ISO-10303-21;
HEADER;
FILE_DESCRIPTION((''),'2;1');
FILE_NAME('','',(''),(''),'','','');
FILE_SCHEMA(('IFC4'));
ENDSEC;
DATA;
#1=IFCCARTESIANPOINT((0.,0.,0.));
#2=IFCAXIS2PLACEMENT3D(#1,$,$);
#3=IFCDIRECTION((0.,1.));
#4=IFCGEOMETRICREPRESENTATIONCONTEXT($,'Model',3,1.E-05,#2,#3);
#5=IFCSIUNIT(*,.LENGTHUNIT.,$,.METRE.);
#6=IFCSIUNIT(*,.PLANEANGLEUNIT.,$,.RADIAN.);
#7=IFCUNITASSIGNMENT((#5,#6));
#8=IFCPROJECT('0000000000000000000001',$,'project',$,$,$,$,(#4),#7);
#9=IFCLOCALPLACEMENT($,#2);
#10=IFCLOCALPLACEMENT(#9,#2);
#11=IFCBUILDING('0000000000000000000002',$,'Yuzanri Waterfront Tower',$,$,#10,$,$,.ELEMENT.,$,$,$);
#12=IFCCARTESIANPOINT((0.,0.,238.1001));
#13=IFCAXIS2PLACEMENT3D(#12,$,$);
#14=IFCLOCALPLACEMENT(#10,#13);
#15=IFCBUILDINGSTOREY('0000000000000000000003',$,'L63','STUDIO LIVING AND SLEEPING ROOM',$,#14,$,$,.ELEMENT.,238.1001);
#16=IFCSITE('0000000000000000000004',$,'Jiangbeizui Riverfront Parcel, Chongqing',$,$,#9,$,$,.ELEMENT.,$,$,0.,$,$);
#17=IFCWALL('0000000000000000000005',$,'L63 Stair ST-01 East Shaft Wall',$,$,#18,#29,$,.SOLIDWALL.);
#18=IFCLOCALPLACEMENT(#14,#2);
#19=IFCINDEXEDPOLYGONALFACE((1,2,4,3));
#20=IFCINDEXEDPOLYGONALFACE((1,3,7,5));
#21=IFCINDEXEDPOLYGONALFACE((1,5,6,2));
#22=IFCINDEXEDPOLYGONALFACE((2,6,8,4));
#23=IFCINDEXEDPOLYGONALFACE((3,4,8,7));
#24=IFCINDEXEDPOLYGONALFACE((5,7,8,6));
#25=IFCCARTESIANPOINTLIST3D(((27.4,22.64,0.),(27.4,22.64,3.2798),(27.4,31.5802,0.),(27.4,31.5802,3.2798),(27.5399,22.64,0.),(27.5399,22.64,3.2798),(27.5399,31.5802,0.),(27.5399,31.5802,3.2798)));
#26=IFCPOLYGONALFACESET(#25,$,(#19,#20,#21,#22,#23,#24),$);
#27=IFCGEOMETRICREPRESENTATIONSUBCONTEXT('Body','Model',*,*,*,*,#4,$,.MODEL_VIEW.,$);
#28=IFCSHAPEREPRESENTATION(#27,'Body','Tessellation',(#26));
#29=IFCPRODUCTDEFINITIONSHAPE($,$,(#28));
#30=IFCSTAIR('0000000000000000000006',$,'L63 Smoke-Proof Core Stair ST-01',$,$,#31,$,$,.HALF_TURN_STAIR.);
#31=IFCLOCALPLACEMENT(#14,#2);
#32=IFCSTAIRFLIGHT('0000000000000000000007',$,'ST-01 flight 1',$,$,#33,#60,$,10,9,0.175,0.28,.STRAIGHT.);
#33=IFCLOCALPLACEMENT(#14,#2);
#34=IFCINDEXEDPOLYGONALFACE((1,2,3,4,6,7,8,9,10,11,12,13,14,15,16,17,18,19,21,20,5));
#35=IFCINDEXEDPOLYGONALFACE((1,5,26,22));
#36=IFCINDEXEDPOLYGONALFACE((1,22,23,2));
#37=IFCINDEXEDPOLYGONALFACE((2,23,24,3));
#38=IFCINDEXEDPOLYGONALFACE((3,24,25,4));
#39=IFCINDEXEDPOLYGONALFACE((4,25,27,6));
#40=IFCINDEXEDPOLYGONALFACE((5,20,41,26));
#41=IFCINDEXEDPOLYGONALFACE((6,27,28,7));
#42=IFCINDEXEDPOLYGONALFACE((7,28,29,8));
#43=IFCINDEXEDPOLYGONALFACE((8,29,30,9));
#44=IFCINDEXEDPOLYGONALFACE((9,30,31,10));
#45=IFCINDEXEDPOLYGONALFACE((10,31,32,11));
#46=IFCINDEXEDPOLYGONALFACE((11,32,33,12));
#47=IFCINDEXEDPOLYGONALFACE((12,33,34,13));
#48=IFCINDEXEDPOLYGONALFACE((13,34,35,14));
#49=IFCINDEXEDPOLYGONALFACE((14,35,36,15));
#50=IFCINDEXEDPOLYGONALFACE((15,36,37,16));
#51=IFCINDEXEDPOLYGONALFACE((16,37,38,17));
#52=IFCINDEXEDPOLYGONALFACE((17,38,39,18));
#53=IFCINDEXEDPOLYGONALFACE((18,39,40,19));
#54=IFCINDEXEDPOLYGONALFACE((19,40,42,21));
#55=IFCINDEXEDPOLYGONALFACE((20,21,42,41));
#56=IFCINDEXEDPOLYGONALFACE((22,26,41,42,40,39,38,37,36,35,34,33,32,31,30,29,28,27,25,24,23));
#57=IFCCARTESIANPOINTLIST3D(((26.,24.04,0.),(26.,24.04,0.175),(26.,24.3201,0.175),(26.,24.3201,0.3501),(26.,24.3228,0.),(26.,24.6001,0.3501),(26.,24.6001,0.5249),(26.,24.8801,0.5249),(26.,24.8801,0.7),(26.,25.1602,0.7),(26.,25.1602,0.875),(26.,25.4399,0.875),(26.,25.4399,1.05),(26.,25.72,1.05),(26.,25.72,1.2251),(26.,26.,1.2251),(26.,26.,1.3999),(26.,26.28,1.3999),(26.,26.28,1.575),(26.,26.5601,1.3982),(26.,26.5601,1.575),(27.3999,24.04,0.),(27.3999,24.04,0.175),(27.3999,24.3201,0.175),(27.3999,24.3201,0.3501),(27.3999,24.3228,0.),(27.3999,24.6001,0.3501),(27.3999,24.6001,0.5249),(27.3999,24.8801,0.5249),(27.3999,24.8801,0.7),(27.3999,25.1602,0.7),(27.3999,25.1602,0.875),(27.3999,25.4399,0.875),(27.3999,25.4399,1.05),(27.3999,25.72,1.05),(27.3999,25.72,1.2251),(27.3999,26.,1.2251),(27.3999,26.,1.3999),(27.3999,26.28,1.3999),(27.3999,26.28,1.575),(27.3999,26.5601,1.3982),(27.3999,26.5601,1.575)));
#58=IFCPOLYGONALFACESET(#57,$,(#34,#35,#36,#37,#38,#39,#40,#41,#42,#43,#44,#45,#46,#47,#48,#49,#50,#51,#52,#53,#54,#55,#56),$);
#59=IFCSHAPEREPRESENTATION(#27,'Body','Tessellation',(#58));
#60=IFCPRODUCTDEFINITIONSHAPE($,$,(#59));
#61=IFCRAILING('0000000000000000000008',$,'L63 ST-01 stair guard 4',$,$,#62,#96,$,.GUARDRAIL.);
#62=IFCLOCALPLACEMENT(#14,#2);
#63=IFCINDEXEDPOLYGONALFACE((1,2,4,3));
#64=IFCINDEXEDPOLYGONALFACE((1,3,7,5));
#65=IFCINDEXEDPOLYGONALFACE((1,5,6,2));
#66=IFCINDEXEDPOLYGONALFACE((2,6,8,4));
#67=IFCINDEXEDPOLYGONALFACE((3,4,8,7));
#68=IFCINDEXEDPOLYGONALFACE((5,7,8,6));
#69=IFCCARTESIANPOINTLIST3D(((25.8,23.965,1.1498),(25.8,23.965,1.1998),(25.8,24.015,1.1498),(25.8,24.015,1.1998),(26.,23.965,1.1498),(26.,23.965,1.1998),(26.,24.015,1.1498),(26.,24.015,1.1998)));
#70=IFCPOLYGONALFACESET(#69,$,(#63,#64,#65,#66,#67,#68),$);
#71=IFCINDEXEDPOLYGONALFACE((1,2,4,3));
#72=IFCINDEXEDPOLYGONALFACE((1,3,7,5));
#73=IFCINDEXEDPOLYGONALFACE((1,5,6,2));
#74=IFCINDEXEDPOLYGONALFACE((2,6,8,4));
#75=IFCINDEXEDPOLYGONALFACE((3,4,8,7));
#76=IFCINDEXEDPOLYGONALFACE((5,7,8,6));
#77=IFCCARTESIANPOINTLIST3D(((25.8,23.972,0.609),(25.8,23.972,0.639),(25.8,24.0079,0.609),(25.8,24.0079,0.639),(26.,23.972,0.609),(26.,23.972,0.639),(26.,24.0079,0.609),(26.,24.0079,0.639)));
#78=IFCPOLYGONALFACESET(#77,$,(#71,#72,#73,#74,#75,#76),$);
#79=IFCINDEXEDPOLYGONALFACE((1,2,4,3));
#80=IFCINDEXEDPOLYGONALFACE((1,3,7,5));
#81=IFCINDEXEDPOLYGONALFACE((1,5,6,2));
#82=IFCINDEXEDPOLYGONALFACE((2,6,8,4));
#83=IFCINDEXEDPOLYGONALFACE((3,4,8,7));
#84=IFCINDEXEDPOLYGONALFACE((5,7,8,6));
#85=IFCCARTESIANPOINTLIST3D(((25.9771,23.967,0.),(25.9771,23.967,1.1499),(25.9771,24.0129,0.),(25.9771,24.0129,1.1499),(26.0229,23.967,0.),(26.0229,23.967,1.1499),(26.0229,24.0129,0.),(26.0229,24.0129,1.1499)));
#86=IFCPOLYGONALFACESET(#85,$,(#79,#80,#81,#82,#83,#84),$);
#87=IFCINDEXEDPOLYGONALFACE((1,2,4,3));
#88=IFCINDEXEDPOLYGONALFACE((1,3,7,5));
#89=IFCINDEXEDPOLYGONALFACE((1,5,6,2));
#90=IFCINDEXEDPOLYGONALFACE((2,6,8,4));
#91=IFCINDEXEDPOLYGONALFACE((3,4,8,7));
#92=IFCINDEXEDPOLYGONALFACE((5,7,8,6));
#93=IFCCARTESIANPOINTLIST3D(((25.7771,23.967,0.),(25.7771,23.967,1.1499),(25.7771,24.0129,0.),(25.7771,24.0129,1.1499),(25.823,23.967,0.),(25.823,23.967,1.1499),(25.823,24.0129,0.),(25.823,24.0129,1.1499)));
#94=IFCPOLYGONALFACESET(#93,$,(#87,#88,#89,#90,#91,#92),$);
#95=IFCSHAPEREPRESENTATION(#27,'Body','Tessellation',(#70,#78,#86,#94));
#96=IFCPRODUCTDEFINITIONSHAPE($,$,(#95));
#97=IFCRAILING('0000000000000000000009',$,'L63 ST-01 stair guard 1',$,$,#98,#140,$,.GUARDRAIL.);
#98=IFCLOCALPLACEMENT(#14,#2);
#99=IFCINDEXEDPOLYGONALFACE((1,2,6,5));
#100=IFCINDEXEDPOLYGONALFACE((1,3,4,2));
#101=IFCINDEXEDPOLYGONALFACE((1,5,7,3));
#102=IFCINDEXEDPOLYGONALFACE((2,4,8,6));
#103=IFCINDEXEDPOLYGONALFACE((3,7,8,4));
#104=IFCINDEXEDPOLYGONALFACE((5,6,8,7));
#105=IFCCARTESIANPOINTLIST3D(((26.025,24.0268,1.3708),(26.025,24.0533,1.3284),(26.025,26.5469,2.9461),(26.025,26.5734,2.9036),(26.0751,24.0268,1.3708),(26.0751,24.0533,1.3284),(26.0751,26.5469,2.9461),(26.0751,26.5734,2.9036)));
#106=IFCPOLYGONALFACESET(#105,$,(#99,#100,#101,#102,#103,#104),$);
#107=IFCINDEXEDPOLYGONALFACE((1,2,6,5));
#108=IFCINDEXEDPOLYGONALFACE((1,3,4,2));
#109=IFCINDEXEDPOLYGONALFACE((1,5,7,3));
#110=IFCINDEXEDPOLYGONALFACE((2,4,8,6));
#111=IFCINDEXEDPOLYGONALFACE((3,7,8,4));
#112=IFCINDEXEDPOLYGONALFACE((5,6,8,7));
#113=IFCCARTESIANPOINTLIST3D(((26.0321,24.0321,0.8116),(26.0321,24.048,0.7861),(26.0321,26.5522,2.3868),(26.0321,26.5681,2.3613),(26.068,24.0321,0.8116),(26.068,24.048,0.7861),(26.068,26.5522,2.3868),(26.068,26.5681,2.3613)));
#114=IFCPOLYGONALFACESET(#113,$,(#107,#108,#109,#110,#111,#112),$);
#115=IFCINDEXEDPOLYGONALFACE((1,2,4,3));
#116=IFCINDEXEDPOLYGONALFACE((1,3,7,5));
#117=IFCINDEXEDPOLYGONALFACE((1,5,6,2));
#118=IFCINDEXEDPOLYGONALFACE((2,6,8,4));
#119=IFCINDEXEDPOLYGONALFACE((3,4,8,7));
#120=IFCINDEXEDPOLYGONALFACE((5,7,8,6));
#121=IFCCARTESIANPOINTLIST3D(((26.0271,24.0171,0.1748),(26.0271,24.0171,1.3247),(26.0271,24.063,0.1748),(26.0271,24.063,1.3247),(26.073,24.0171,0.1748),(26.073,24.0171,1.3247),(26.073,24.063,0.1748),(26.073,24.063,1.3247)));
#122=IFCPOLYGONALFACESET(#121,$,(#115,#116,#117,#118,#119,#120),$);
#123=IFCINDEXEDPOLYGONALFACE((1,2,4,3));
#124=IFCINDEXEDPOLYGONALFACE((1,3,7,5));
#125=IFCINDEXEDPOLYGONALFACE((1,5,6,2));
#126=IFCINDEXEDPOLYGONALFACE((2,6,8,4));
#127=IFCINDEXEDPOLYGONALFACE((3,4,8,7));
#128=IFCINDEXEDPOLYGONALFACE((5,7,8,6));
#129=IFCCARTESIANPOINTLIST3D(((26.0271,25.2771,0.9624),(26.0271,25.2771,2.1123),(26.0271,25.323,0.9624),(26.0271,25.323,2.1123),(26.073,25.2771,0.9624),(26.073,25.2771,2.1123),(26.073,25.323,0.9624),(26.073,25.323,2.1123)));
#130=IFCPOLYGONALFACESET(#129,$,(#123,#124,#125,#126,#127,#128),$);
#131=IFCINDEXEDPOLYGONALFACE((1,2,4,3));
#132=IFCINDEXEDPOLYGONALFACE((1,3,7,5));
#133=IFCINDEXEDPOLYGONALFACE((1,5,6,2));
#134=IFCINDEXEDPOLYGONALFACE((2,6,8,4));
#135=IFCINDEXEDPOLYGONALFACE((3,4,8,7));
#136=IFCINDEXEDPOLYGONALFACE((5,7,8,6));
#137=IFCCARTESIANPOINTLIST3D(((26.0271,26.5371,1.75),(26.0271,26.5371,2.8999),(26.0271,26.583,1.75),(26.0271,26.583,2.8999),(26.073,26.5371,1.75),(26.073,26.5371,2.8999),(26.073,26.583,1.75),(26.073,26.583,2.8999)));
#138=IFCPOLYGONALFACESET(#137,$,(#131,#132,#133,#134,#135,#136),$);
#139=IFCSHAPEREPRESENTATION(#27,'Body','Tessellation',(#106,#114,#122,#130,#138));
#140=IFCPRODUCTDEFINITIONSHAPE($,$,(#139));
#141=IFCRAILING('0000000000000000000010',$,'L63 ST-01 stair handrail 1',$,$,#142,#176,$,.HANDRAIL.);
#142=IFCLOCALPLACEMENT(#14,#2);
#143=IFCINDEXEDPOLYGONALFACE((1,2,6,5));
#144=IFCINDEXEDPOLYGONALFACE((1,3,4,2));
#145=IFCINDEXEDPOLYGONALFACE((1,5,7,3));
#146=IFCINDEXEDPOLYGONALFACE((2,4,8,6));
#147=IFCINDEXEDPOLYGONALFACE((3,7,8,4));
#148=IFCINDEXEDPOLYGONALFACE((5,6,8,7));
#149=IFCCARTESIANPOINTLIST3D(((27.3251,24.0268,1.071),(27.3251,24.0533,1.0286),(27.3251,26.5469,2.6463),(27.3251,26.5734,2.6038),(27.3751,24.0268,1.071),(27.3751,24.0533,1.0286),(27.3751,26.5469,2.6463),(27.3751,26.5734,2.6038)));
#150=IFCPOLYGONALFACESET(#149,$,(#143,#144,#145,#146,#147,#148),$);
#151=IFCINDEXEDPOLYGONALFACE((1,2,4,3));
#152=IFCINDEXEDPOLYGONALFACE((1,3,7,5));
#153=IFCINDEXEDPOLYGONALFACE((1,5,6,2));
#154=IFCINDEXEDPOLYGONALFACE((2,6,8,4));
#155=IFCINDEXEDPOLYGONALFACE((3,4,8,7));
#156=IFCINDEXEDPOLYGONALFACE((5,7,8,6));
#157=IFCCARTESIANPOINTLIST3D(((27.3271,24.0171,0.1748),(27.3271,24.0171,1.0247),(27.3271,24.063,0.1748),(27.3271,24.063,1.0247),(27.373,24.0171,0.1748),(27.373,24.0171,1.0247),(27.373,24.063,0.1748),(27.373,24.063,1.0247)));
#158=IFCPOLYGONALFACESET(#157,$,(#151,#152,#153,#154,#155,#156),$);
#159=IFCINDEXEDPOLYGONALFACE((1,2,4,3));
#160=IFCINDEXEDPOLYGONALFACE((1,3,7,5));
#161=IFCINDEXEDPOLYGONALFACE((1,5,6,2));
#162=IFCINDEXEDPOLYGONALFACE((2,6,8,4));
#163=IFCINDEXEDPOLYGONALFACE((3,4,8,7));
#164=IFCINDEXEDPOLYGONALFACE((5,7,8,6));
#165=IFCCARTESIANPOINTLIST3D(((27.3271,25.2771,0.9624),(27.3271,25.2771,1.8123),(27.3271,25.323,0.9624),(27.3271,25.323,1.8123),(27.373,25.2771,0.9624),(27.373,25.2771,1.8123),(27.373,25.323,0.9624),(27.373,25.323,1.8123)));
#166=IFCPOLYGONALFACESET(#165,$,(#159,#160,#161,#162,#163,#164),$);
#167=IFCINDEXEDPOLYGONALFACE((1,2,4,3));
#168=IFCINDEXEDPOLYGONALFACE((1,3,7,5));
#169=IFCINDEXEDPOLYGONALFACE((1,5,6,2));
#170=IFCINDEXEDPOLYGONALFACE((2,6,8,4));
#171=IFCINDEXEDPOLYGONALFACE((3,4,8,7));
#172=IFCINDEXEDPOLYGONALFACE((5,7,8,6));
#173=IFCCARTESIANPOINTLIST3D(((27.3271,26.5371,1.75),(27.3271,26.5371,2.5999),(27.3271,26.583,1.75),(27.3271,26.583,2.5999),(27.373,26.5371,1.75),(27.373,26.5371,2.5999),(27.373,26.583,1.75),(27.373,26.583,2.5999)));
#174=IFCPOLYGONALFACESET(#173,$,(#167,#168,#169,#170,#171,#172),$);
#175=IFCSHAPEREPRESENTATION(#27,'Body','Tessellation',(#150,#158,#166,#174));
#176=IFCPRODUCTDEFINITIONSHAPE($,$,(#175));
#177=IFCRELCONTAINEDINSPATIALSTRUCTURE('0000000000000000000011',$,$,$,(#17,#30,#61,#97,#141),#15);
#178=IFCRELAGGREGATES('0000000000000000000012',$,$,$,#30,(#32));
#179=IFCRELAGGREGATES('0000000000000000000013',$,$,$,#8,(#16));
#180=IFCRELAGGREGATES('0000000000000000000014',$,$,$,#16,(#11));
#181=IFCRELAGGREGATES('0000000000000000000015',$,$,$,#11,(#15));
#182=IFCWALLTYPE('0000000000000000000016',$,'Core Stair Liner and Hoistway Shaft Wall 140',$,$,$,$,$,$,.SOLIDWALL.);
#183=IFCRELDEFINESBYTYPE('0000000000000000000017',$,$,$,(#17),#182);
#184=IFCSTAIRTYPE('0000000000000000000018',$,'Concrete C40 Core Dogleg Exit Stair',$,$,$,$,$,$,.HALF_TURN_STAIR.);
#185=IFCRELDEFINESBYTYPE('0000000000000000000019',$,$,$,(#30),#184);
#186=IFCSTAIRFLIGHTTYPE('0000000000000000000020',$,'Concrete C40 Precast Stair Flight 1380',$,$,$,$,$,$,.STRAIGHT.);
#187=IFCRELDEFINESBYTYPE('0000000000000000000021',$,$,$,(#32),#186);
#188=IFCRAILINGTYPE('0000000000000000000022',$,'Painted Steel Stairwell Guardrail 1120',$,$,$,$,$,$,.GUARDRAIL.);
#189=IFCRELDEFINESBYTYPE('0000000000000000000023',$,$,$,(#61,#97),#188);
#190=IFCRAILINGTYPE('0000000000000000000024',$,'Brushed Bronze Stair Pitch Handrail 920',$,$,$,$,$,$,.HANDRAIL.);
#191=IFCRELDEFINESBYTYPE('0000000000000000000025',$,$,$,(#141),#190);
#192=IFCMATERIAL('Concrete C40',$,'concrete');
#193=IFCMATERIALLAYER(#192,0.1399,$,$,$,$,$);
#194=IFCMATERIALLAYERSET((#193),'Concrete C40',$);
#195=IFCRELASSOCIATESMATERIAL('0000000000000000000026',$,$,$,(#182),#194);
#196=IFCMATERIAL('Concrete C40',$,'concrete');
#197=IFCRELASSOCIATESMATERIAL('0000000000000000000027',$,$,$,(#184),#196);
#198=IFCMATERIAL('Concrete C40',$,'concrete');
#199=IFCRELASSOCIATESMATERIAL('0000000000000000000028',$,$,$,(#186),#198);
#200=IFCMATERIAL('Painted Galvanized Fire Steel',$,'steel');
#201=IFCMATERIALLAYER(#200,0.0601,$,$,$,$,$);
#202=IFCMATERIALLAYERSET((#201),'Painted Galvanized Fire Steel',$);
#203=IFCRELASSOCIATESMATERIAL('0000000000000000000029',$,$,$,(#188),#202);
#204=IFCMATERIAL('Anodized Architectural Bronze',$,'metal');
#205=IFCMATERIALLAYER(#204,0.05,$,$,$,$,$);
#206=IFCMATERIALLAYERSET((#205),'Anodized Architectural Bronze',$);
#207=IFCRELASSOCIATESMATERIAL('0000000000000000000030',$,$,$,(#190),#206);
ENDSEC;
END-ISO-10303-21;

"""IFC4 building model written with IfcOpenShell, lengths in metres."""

from ifc_helpers import new_model, si_unit, direction, frame, frame_2d, origin, origin_2d, place, context, subcontext, project, spatial, polyline, rectangle, outline, extrude, source, transform, mapped, material, layer, layer_set, type_object, element, aggregate, save


model = new_model("IFC4")

# Units and contexts
model_context = context("Model", 3, precision=1e-05, world=origin(), true_north=direction((0.0, 1.0)))
body_context = subcontext(model_context, "Body", "Model", "MODEL_VIEW")
ifc_project = project(units=[si_unit("LENGTHUNIT", "METRE"), si_unit("PLANEANGLEUNIT", "RADIAN")], contexts=[model_context])

# Site, building, storey
site_placement = place(None, origin())
site = spatial("IfcSite", under=ifc_project, at=site_placement, Name="Jiangbeizui Riverfront Parcel, Chongqing", CompositionType="ELEMENT", RefElevation=0.0)
building_placement = place(site_placement, origin())
building = spatial("IfcBuilding", under=site, at=building_placement, Name="Yuzanri Waterfront Tower", CompositionType="ELEMENT")
storey_placement = place(building_placement, frame((0.0, 0.0, 238.1001)))
storey = spatial("IfcBuildingStorey", under=building, at=storey_placement, Name="L63", Description="STUDIO LIVING AND SLEEPING ROOM", CompositionType="ELEMENT", Elevation=238.1001)

# Shared definitions
ifc_material_1 = material(Name="Concrete C40", Category="concrete")
ifc_layer_1 = layer(ifc_material_1, 0.1399)
ifc_layer_set_1 = layer_set([ifc_layer_1], Name="Concrete C40")
wall_type_1 = type_object("IfcWallType", Name="Core Stair Liner and Hoistway Shaft Wall 140", PredefinedType="SOLIDWALL", material=ifc_layer_set_1)

# Wall
shared_shape_1 = source(origin(), body_context, "Body", "SweptSolid", [
    extrude(rectangle(XDim=8.9402, YDim=0.1399, at=frame_2d((4.4702, 0.0))), origin(), (0.0, 0.0, 1.0), 3.2798),
])
for number, where, z_axis, x_axis, name in (
    (1, (27.47, 22.6399, 0.0), (0.0, 0.0, 1.0), (0.0, 1.0, 0.0), "L63 Stair ST-01 East Shaft Wall"),
):
    element("IfcWall", number, at=place(storey_placement, frame(where, z_axis=z_axis, x_axis=x_axis)), inside=storey, type_object=wall_type_1, Name=name, PredefinedType="SOLIDWALL", context=body_context, shape_type="MappedRepresentation", body=[
        mapped(shared_shape_1, transform((0.0, 0.0, 0.0), scale=1.0)),
    ])

# Stair, stair flight
ifc_material_2 = material(Name="Concrete C40", Category="concrete")
stair_type = type_object("IfcStairType", Name="Concrete C40 Core Dogleg Exit Stair", PredefinedType="HALF_TURN_STAIR", material=ifc_material_2)
stair_placement = place(storey_placement, origin())
stair = element("IfcStair", 2, at=stair_placement, inside=storey, type_object=stair_type, Name="L63 Smoke-Proof Core Stair ST-01", PredefinedType="HALF_TURN_STAIR")
ifc_material_3 = material(Name="Concrete C40", Category="concrete")
stair_flight_type = type_object("IfcStairFlightType", Name="Concrete C40 Precast Stair Flight 1380", PredefinedType="STRAIGHT", material=ifc_material_3)
shared_shape_2 = source(origin(), body_context, "Body", "SweptSolid", [
    extrude(outline(polyline([(0.0, 0.0), (0.0, 0.175), (0.28, 0.175), (0.28, 0.3501), (0.5601, 0.3501), (0.5601, 0.5249), (0.8401, 0.5249), (0.8401, 0.7), (1.1201, 0.7), (1.1201, 0.875), (1.3999, 0.875), (1.3999, 1.05), (1.6799, 1.05), (1.6799, 1.2251), (1.96, 1.2251), (1.96, 1.3999), (2.24, 1.3999), (2.24, 1.575), (2.52, 1.575), (2.52, 1.75), (2.52, 1.3982), (0.2827, 0.0), (0.0, 0.0)])), frame((0.0, 0.7, 0.0), z_axis=(0.0, -1.0, 0.0), x_axis=(1.0, 0.0, 0.0)), (0.0, 0.0, 1.0), 1.3999),
])
stair_flight_placement = place(storey_placement, frame((26.7, 24.04, 0.0), z_axis=(0.0, 0.0, 1.0), x_axis=(0.0, 1.0, 0.0)))
stair_flight = element("IfcStairFlight", 3, at=stair_flight_placement, type_object=stair_flight_type, Name="ST-01 flight 1", NumberOfRisers=10, NumberOfTreads=9, PredefinedType="STRAIGHT", RiserHeight=0.175, TreadLength=0.28, context=body_context, shape_type="MappedRepresentation", body=[
    mapped(shared_shape_2, transform((0.0, 0.0, 0.0), scale=1.0)),
])
aggregate(stair, [stair_flight])

# Railings
ifc_material_4 = material(Name="Painted Galvanized Fire Steel", Category="steel")
ifc_layer_2 = layer(ifc_material_4, 0.0601)
ifc_layer_set_2 = layer_set([ifc_layer_2], Name="Painted Galvanized Fire Steel")
railing_type_1 = type_object("IfcRailingType", Name="Painted Steel Stairwell Guardrail 1120", PredefinedType="GUARDRAIL", material=ifc_layer_set_2)
shared_shape_3 = source(origin(), body_context, "Body", "SweptSolid", [
    extrude(rectangle(XDim=0.05, YDim=0.05, at=origin_2d()), frame((0.0, 0.0, 1.1748), z_axis=(-1.0, 0.0, 0.0), x_axis=(0.0, -1.0, 0.0)), (0.0, 0.0, 1.0), 0.2),
    extrude(rectangle(XDim=0.0359, YDim=0.03, at=origin_2d()), frame((0.0, 0.0, 0.624), z_axis=(-1.0, 0.0, 0.0), x_axis=(0.0, -1.0, 0.0)), (0.0, 0.0, 1.0), 0.2),
    extrude(rectangle(XDim=0.0459, YDim=0.0459, at=origin_2d()), origin(), (0.0, 0.0, 1.0), 1.1499),
    extrude(rectangle(XDim=0.0459, YDim=0.0459, at=origin_2d()), frame((-0.2, 0.0, 0.0)), (0.0, 0.0, 1.0), 1.1499),
])
railing_1_placement = place(storey_placement, frame((26.0, 23.99, 0.0)))
element("IfcRailing", 4, at=railing_1_placement, inside=storey, type_object=railing_type_1, Name="L63 ST-01 stair guard 4", PredefinedType="GUARDRAIL", context=body_context, shape_type="MappedRepresentation", body=[
    mapped(shared_shape_3, transform((0.0, 0.0, 0.0), scale=1.0)),
])
shared_shape_4 = source(origin(), body_context, "Body", "SweptSolid", [
    extrude(rectangle(XDim=0.05, YDim=0.05, at=origin_2d()), frame((0.0, 0.0, 1.1748), z_axis=(0.0, 0.847971, 0.530043), x_axis=(-1.0, 0.0, 0.0)), (0.0, 0.0, 1.0), 2.9719),
    extrude(rectangle(XDim=0.0359, YDim=0.03, at=origin_2d()), frame((0.0, 0.0, 0.624), z_axis=(0.0, 0.847971, 0.530043), x_axis=(-1.0, 0.0, 0.0)), (0.0, 0.0, 1.0), 2.9719),
    extrude(rectangle(XDim=0.0459, YDim=0.0459, at=origin_2d()), origin(), (0.0, 0.0, 1.0), 1.1499),
    extrude(rectangle(XDim=0.0459, YDim=0.0459, at=origin_2d()), frame((0.0, 1.26, 0.7876)), (0.0, 0.0, 1.0), 1.1499),
    extrude(rectangle(XDim=0.0459, YDim=0.0459, at=origin_2d()), frame((0.0, 2.52, 1.5752)), (0.0, 0.0, 1.0), 1.1499),
])
railing_2_placement = place(storey_placement, frame((26.05, 24.04, 0.1748)))
element("IfcRailing", 5, at=railing_2_placement, inside=storey, type_object=railing_type_1, Name="L63 ST-01 stair guard 1", PredefinedType="GUARDRAIL", context=body_context, shape_type="MappedRepresentation", body=[
    mapped(shared_shape_4, transform((0.0, 0.0, 0.0), scale=1.0)),
])
ifc_material_5 = material(Name="Anodized Architectural Bronze", Category="metal")
ifc_layer_3 = layer(ifc_material_5, 0.05)
ifc_layer_set_3 = layer_set([ifc_layer_3], Name="Anodized Architectural Bronze")
railing_type_2 = type_object("IfcRailingType", Name="Brushed Bronze Stair Pitch Handrail 920", PredefinedType="HANDRAIL", material=ifc_layer_set_3)
shared_shape_5 = source(origin(), body_context, "Body", "SweptSolid", [
    extrude(rectangle(XDim=0.05, YDim=0.05, at=origin_2d()), frame((0.0, 0.0, 0.875), z_axis=(0.0, 0.847971, 0.530043), x_axis=(-1.0, 0.0, 0.0)), (0.0, 0.0, 1.0), 2.9719),
    extrude(rectangle(XDim=0.0459, YDim=0.0459, at=origin_2d()), origin(), (0.0, 0.0, 1.0), 0.8499),
    extrude(rectangle(XDim=0.0459, YDim=0.0459, at=origin_2d()), frame((0.0, 1.26, 0.7876)), (0.0, 0.0, 1.0), 0.8499),
    extrude(rectangle(XDim=0.0459, YDim=0.0459, at=origin_2d()), frame((0.0, 2.52, 1.5752)), (0.0, 0.0, 1.0), 0.8499),
])
railing_3_placement = place(storey_placement, frame((27.3501, 24.04, 0.1748)))
element("IfcRailing", 6, at=railing_3_placement, inside=storey, type_object=railing_type_2, Name="L63 ST-01 stair handrail 1", PredefinedType="HANDRAIL", context=body_context, shape_type="MappedRepresentation", body=[
    mapped(shared_shape_5, transform((0.0, 0.0, 0.0), scale=1.0)),
])

save(model, "model.ifc")
